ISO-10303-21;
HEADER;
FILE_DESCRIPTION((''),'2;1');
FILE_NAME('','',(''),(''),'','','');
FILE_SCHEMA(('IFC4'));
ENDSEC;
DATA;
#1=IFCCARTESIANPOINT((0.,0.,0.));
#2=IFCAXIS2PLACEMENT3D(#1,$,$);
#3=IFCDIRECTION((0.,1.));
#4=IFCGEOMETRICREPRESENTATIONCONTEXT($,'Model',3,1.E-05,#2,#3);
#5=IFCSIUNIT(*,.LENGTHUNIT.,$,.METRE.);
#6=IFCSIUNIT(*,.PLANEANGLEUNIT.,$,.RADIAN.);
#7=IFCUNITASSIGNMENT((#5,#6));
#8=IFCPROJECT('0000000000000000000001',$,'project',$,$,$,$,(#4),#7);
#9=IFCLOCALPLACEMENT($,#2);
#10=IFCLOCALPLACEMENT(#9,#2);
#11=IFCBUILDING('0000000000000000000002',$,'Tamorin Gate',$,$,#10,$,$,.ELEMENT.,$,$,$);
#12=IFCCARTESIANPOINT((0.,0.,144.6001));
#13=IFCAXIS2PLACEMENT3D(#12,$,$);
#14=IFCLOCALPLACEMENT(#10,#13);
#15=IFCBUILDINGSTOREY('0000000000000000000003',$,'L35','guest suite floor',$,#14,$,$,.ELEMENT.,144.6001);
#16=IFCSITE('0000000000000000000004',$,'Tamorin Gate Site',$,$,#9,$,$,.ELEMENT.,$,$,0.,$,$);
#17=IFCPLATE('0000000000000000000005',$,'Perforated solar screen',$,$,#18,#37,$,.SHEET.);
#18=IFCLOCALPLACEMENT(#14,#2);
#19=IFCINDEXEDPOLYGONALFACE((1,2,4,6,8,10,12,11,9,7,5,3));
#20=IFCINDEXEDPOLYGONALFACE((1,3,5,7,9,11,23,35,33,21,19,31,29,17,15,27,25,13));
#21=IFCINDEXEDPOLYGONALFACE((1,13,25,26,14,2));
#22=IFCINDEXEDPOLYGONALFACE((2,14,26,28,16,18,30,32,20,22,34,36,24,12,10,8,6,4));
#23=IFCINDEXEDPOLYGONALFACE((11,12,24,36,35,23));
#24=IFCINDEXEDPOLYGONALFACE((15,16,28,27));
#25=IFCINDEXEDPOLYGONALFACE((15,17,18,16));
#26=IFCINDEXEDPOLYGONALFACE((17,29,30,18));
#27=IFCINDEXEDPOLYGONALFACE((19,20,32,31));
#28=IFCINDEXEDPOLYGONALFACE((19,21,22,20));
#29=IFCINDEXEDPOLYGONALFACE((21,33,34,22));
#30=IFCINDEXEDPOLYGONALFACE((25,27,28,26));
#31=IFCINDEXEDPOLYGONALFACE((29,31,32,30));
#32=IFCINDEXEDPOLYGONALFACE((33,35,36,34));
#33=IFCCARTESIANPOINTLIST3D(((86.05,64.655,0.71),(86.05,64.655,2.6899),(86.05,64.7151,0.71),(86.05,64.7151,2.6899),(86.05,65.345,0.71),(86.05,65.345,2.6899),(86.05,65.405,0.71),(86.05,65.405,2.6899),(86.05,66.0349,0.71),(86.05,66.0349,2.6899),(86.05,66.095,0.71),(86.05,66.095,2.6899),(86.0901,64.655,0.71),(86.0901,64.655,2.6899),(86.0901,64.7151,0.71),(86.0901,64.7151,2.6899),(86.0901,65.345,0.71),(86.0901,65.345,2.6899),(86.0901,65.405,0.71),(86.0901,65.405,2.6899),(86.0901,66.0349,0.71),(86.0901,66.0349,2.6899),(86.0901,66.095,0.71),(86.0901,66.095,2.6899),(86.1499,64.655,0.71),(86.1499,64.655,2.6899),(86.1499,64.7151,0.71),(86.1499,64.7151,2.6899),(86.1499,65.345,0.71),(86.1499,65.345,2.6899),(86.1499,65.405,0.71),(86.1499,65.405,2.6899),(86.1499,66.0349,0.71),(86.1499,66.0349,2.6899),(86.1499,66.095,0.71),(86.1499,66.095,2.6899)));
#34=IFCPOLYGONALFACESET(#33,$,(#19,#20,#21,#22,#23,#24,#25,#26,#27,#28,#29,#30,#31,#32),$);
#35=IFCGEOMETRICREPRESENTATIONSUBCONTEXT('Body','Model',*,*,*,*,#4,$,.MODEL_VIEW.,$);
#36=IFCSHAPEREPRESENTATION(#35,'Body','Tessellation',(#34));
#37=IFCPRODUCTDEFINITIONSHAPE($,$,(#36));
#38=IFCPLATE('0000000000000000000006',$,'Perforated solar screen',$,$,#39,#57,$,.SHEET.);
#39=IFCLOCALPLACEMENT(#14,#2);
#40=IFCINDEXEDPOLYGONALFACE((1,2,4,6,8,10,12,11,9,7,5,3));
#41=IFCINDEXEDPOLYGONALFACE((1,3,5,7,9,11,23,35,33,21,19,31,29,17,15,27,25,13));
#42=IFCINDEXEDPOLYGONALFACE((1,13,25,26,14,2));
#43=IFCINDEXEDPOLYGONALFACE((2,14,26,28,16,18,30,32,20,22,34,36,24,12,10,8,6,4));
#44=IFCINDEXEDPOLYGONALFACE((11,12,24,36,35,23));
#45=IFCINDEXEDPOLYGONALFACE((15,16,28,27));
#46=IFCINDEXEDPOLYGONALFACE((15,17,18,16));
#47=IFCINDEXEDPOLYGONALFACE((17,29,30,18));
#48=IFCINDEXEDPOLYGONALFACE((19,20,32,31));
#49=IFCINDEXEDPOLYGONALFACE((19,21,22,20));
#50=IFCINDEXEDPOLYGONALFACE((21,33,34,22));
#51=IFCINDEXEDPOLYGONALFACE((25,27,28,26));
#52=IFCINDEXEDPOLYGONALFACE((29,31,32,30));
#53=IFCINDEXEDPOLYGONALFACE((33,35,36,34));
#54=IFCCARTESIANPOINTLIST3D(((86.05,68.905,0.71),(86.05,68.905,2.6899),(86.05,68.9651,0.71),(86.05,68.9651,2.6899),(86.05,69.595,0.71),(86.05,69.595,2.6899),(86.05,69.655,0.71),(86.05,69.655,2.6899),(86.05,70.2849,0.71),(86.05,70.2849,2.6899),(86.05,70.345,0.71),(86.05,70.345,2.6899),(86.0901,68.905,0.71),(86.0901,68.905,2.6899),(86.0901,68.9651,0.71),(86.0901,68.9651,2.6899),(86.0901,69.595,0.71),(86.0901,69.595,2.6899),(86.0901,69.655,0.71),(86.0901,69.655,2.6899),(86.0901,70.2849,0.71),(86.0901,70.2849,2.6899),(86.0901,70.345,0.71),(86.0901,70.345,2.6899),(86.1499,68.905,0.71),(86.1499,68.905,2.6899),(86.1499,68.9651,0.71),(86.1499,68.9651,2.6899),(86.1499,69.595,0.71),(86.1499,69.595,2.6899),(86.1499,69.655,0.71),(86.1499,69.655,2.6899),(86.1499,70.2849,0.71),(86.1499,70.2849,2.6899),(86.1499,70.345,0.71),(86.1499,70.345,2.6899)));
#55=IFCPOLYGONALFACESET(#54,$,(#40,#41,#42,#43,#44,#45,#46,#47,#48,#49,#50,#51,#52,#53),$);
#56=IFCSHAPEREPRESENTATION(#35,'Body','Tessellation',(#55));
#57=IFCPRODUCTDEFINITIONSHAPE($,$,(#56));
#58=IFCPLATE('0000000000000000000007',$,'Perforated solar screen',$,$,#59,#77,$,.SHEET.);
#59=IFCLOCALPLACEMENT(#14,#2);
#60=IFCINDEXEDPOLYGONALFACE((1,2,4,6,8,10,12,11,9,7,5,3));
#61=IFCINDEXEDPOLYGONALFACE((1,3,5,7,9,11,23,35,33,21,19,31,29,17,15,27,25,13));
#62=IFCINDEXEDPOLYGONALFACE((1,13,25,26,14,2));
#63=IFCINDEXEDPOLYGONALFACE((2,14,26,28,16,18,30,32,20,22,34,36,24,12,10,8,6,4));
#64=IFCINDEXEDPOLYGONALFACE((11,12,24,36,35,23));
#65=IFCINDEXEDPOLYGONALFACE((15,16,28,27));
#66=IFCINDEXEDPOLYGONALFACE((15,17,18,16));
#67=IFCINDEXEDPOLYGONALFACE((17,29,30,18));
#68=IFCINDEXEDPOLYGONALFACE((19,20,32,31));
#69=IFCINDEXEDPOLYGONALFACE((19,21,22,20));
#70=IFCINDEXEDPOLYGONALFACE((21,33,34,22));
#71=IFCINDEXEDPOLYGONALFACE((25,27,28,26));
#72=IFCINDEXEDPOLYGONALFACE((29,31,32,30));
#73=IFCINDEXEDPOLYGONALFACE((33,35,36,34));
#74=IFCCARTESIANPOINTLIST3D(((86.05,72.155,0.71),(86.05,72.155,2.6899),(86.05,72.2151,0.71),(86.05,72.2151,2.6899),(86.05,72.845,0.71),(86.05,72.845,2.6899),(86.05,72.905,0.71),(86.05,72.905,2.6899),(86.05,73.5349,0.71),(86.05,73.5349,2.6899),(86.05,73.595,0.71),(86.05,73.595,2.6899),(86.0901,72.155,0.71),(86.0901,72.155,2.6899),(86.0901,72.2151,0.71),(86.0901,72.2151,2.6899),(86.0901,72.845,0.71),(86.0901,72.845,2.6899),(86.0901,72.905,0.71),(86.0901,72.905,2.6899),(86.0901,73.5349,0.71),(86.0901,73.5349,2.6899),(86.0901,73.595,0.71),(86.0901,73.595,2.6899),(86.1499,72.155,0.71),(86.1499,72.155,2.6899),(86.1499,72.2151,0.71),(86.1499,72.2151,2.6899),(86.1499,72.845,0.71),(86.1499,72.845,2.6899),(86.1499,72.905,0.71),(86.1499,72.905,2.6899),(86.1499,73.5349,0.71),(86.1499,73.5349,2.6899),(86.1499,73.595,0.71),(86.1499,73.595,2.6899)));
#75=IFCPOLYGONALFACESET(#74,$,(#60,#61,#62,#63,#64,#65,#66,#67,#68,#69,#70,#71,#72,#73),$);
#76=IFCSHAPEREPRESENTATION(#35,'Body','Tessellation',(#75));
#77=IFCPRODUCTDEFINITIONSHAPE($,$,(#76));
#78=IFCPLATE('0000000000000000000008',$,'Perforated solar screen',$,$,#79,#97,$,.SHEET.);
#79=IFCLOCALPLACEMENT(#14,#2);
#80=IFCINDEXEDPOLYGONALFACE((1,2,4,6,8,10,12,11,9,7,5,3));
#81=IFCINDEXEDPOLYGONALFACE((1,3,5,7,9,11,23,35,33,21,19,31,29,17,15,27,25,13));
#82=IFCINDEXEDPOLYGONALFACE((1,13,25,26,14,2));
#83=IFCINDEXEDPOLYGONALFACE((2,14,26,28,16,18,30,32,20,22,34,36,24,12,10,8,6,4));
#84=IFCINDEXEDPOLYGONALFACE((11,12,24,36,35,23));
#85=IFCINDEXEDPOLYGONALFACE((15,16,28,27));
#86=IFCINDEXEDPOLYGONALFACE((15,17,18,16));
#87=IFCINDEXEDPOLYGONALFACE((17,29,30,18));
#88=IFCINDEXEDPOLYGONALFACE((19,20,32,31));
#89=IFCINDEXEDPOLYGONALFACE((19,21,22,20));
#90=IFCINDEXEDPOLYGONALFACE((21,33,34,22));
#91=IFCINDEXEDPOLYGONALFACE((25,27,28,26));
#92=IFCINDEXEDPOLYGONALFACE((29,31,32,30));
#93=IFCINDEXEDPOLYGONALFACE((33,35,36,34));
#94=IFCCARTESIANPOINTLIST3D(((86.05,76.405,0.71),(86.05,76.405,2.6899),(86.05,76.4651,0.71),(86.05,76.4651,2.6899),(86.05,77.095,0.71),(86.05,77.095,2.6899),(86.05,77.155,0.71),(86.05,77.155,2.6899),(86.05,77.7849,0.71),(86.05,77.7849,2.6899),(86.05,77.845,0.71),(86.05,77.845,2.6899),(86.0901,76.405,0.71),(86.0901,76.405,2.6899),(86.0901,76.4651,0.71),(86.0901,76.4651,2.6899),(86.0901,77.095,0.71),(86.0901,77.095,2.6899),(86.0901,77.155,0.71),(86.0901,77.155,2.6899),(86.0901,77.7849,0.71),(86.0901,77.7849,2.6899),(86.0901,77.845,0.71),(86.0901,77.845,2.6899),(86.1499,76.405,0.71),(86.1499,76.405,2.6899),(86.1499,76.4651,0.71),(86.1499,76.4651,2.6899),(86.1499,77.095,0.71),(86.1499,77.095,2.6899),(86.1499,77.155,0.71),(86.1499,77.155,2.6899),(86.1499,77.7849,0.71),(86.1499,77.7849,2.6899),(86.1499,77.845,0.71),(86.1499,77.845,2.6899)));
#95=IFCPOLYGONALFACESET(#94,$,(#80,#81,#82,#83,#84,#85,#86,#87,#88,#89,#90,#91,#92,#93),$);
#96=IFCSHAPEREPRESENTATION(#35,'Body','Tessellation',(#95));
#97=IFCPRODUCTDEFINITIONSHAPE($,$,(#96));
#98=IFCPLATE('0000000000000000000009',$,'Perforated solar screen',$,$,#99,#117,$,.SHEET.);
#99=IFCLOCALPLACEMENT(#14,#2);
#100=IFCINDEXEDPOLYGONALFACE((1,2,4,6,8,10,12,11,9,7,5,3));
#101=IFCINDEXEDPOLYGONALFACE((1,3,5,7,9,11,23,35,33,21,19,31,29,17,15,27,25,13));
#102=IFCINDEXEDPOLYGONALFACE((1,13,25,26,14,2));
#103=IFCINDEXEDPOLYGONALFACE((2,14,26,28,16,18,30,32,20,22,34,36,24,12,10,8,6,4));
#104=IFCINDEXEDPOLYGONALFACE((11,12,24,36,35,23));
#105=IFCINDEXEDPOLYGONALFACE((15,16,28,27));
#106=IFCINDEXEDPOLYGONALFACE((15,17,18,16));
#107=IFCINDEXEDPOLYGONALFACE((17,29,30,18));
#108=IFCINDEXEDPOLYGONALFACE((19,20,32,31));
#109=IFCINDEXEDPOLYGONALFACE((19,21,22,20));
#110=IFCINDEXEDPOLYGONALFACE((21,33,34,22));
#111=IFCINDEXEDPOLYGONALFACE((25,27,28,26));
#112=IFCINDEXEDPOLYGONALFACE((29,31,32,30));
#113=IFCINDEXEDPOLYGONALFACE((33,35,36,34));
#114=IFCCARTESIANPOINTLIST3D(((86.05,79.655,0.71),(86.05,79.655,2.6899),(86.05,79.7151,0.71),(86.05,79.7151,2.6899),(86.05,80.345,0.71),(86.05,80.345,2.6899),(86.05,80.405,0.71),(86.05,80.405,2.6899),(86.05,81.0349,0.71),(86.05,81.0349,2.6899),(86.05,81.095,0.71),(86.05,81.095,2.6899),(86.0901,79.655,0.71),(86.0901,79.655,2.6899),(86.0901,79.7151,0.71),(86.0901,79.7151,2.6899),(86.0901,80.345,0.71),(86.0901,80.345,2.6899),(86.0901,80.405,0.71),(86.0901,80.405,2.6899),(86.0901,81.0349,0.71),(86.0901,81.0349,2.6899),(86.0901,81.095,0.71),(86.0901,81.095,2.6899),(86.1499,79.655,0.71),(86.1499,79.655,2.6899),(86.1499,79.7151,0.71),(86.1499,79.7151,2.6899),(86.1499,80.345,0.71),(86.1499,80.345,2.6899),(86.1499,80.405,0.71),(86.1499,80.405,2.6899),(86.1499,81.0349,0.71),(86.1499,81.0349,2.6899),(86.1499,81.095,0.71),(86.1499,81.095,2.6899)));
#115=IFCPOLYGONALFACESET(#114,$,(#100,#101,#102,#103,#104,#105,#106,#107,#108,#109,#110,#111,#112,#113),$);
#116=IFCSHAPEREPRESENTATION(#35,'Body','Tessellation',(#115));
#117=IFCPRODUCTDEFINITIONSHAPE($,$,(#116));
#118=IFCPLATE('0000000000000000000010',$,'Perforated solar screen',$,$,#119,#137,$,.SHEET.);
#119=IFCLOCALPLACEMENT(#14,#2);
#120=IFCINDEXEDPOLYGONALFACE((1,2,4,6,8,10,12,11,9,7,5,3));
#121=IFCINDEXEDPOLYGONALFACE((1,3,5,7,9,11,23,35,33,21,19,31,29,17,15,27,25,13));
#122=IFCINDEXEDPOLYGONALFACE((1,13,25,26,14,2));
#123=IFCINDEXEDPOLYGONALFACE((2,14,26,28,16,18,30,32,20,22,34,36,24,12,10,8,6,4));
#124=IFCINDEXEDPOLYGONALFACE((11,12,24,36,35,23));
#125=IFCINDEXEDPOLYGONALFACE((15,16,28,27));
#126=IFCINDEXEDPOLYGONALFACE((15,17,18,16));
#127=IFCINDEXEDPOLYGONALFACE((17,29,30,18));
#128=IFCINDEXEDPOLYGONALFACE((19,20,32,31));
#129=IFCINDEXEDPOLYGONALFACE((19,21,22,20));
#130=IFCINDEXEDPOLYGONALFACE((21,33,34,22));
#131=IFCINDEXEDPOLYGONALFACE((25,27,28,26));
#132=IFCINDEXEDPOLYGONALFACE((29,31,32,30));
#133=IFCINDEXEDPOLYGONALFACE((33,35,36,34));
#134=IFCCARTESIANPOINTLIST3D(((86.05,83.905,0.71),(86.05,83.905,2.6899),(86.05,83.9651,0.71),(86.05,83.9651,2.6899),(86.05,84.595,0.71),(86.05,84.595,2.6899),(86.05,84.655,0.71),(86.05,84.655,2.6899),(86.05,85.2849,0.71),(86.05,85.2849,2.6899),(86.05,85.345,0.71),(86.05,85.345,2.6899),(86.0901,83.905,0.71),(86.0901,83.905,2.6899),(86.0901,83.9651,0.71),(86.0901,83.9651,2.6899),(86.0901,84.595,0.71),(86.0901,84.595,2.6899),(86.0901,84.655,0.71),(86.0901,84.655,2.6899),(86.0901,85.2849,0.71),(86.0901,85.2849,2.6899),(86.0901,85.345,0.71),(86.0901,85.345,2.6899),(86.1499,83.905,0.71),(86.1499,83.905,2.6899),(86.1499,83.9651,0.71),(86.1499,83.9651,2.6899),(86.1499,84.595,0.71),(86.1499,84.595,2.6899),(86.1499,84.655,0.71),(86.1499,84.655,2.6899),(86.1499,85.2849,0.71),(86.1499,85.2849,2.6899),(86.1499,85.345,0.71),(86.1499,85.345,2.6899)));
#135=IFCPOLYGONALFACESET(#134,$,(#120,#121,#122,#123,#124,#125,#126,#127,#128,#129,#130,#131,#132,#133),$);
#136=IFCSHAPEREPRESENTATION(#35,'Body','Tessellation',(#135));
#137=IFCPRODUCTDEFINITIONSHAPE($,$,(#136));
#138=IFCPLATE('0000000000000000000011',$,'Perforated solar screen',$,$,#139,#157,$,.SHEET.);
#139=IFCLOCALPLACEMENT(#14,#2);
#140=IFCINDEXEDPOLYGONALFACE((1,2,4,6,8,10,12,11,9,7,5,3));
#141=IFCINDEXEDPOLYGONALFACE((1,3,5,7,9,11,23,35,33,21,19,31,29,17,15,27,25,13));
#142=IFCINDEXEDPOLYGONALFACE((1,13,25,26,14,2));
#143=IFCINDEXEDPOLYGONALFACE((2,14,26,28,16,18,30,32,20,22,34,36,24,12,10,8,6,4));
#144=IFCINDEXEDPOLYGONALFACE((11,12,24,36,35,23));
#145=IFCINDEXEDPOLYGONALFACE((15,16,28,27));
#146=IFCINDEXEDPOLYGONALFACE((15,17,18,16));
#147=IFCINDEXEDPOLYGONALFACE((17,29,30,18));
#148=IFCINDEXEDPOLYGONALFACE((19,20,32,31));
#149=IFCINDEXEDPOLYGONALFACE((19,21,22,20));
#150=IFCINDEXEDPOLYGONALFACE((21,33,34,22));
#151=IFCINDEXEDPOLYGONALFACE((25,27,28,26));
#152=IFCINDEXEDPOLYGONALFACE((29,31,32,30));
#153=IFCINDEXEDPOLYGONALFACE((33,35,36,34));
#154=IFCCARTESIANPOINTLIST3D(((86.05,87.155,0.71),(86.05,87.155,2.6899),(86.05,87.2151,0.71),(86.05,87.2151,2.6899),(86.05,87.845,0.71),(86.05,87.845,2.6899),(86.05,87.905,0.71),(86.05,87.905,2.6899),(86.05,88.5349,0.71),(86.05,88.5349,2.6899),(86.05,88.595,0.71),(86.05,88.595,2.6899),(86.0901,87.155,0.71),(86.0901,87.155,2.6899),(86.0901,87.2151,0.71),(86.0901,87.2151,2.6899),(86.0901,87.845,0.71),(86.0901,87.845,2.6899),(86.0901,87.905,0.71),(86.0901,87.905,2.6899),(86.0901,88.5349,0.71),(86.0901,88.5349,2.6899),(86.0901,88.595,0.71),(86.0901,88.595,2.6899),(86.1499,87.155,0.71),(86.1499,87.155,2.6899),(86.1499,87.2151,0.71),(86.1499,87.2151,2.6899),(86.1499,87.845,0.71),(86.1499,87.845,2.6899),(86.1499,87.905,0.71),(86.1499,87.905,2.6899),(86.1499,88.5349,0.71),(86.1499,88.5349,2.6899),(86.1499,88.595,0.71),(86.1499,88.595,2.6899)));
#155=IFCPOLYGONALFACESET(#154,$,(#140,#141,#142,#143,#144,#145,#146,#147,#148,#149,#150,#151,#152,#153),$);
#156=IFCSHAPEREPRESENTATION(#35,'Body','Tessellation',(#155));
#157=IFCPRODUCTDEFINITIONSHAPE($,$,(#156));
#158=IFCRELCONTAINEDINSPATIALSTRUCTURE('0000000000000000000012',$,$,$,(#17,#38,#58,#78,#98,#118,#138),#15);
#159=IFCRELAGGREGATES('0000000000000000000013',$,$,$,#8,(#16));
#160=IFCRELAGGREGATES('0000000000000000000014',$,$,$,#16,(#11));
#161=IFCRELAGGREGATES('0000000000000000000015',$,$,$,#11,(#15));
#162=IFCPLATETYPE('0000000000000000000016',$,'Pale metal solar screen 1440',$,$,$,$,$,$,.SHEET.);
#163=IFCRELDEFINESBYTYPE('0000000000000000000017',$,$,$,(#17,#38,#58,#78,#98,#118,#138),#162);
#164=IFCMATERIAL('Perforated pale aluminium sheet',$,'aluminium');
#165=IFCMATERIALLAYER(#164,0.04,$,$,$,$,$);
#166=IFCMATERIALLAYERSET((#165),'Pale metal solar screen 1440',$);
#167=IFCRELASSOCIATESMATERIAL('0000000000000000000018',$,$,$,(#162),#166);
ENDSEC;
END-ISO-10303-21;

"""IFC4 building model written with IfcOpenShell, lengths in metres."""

from ifc_helpers import new_model, si_unit, direction, frame, origin, place, context, subcontext, project, spatial, polyline, outline, extrude, material, layer, layer_set, type_object, element, save


model = new_model("IFC4")

# Units and contexts
model_context = context("Model", 3, precision=1e-05, world=origin(), true_north=direction((0.0, 1.0)))
body_context = subcontext(model_context, "Body", "Model", "MODEL_VIEW")
ifc_project = project(units=[si_unit("LENGTHUNIT", "METRE"), si_unit("PLANEANGLEUNIT", "RADIAN")], contexts=[model_context])

# Site, building, storey
site_placement = place(None, origin())
site = spatial("IfcSite", under=ifc_project, at=site_placement, Name="Tamorin Gate Site", CompositionType="ELEMENT", RefElevation=0.0)
building_placement = place(site_placement, origin())
building = spatial("IfcBuilding", under=site, at=building_placement, Name="Tamorin Gate", CompositionType="ELEMENT")
storey_placement = place(building_placement, frame((0.0, 0.0, 144.6001)))
storey = spatial("IfcBuildingStorey", under=building, at=storey_placement, Name="L35", Description="guest suite floor", CompositionType="ELEMENT", Elevation=144.6001)

# Plates
ifc_material_1 = material(Name="Perforated pale aluminium sheet", Category="aluminium")
ifc_layer_1 = layer(ifc_material_1, 0.04)
ifc_layer_set_1 = layer_set([ifc_layer_1], Name="Pale metal solar screen 1440")
plate_type_1 = type_object("IfcPlateType", Name="Pale metal solar screen 1440", PredefinedType="SHEET", material=ifc_layer_set_1)
plate_1_placement = place(storey_placement, frame((0.0, 0.0, 0.71)))
element("IfcPlate", 1, at=plate_1_placement, inside=storey, type_object=plate_type_1, Name="Perforated solar screen", PredefinedType="SHEET", context=body_context, shape_type="SweptSolid", body=[
    extrude(outline(polyline([(86.0901, 64.655), (86.05, 64.655), (86.05, 64.7151), (86.05, 65.345), (86.05, 65.405), (86.05, 66.0349), (86.05, 66.095), (86.0901, 66.095), (86.1499, 66.095), (86.1499, 66.0349), (86.0901, 66.0349), (86.0901, 65.405), (86.1499, 65.405), (86.1499, 65.345), (86.0901, 65.345), (86.0901, 64.7151), (86.1499, 64.7151), (86.1499, 64.655), (86.0901, 64.655)])), origin(), (0.0, 0.0, 1.0), 1.98),
])
plate_2_placement = place(storey_placement, frame((0.0, 0.0, 0.71)))
element("IfcPlate", 2, at=plate_2_placement, inside=storey, type_object=plate_type_1, Name="Perforated solar screen", PredefinedType="SHEET", context=body_context, shape_type="SweptSolid", body=[
    extrude(outline(polyline([(86.0901, 68.905), (86.05, 68.905), (86.05, 68.9651), (86.05, 69.595), (86.05, 69.655), (86.05, 70.2849), (86.05, 70.345), (86.0901, 70.345), (86.1499, 70.345), (86.1499, 70.2849), (86.0901, 70.2849), (86.0901, 69.655), (86.1499, 69.655), (86.1499, 69.595), (86.0901, 69.595), (86.0901, 68.9651), (86.1499, 68.9651), (86.1499, 68.905), (86.0901, 68.905)])), origin(), (0.0, 0.0, 1.0), 1.98),
])
plate_3_placement = place(storey_placement, frame((0.0, 0.0, 0.71)))
element("IfcPlate", 3, at=plate_3_placement, inside=storey, type_object=plate_type_1, Name="Perforated solar screen", PredefinedType="SHEET", context=body_context, shape_type="SweptSolid", body=[
    extrude(outline(polyline([(86.0901, 72.155), (86.05, 72.155), (86.05, 72.2151), (86.05, 72.845), (86.05, 72.905), (86.05, 73.5349), (86.05, 73.595), (86.0901, 73.595), (86.1499, 73.595), (86.1499, 73.5349), (86.0901, 73.5349), (86.0901, 72.905), (86.1499, 72.905), (86.1499, 72.845), (86.0901, 72.845), (86.0901, 72.2151), (86.1499, 72.2151), (86.1499, 72.155), (86.0901, 72.155)])), origin(), (0.0, 0.0, 1.0), 1.98),
])
plate_4_placement = place(storey_placement, frame((0.0, 0.0, 0.71)))
element("IfcPlate", 4, at=plate_4_placement, inside=storey, type_object=plate_type_1, Name="Perforated solar screen", PredefinedType="SHEET", context=body_context, shape_type="SweptSolid", body=[
    extrude(outline(polyline([(86.0901, 76.405), (86.05, 76.405), (86.05, 76.4651), (86.05, 77.095), (86.05, 77.155), (86.05, 77.7849), (86.05, 77.845), (86.0901, 77.845), (86.1499, 77.845), (86.1499, 77.7849), (86.0901, 77.7849), (86.0901, 77.155), (86.1499, 77.155), (86.1499, 77.095), (86.0901, 77.095), (86.0901, 76.4651), (86.1499, 76.4651), (86.1499, 76.405), (86.0901, 76.405)])), origin(), (0.0, 0.0, 1.0), 1.98),
])
plate_5_placement = place(storey_placement, frame((0.0, 0.0, 0.71)))
element("IfcPlate", 5, at=plate_5_placement, inside=storey, type_object=plate_type_1, Name="Perforated solar screen", PredefinedType="SHEET", context=body_context, shape_type="SweptSolid", body=[
    extrude(outline(polyline([(86.0901, 79.655), (86.05, 79.655), (86.05, 79.7151), (86.05, 80.345), (86.05, 80.405), (86.05, 81.0349), (86.05, 81.095), (86.0901, 81.095), (86.1499, 81.095), (86.1499, 81.0349), (86.0901, 81.0349), (86.0901, 80.405), (86.1499, 80.405), (86.1499, 80.345), (86.0901, 80.345), (86.0901, 79.7151), (86.1499, 79.7151), (86.1499, 79.655), (86.0901, 79.655)])), origin(), (0.0, 0.0, 1.0), 1.98),
])
plate_6_placement = place(storey_placement, frame((0.0, 0.0, 0.71)))
element("IfcPlate", 6, at=plate_6_placement, inside=storey, type_object=plate_type_1, Name="Perforated solar screen", PredefinedType="SHEET", context=body_context, shape_type="SweptSolid", body=[
    extrude(outline(polyline([(86.0901, 83.905), (86.05, 83.905), (86.05, 83.9651), (86.05, 84.595), (86.05, 84.655), (86.05, 85.2849), (86.05, 85.345), (86.0901, 85.345), (86.1499, 85.345), (86.1499, 85.2849), (86.0901, 85.2849), (86.0901, 84.655), (86.1499, 84.655), (86.1499, 84.595), (86.0901, 84.595), (86.0901, 83.9651), (86.1499, 83.9651), (86.1499, 83.905), (86.0901, 83.905)])), origin(), (0.0, 0.0, 1.0), 1.98),
])
plate_7_placement = place(storey_placement, frame((0.0, 0.0, 0.71)))
element("IfcPlate", 7, at=plate_7_placement, inside=storey, type_object=plate_type_1, Name="Perforated solar screen", PredefinedType="SHEET", context=body_context, shape_type="SweptSolid", body=[
    extrude(outline(polyline([(86.0901, 87.155), (86.05, 87.155), (86.05, 87.2151), (86.05, 87.845), (86.05, 87.905), (86.05, 88.5349), (86.05, 88.595), (86.0901, 88.595), (86.1499, 88.595), (86.1499, 88.5349), (86.0901, 88.5349), (86.0901, 87.905), (86.1499, 87.905), (86.1499, 87.845), (86.0901, 87.845), (86.0901, 87.2151), (86.1499, 87.2151), (86.1499, 87.155), (86.0901, 87.155)])), origin(), (0.0, 0.0, 1.0), 1.98),
])

save(model, "model.ifc")
